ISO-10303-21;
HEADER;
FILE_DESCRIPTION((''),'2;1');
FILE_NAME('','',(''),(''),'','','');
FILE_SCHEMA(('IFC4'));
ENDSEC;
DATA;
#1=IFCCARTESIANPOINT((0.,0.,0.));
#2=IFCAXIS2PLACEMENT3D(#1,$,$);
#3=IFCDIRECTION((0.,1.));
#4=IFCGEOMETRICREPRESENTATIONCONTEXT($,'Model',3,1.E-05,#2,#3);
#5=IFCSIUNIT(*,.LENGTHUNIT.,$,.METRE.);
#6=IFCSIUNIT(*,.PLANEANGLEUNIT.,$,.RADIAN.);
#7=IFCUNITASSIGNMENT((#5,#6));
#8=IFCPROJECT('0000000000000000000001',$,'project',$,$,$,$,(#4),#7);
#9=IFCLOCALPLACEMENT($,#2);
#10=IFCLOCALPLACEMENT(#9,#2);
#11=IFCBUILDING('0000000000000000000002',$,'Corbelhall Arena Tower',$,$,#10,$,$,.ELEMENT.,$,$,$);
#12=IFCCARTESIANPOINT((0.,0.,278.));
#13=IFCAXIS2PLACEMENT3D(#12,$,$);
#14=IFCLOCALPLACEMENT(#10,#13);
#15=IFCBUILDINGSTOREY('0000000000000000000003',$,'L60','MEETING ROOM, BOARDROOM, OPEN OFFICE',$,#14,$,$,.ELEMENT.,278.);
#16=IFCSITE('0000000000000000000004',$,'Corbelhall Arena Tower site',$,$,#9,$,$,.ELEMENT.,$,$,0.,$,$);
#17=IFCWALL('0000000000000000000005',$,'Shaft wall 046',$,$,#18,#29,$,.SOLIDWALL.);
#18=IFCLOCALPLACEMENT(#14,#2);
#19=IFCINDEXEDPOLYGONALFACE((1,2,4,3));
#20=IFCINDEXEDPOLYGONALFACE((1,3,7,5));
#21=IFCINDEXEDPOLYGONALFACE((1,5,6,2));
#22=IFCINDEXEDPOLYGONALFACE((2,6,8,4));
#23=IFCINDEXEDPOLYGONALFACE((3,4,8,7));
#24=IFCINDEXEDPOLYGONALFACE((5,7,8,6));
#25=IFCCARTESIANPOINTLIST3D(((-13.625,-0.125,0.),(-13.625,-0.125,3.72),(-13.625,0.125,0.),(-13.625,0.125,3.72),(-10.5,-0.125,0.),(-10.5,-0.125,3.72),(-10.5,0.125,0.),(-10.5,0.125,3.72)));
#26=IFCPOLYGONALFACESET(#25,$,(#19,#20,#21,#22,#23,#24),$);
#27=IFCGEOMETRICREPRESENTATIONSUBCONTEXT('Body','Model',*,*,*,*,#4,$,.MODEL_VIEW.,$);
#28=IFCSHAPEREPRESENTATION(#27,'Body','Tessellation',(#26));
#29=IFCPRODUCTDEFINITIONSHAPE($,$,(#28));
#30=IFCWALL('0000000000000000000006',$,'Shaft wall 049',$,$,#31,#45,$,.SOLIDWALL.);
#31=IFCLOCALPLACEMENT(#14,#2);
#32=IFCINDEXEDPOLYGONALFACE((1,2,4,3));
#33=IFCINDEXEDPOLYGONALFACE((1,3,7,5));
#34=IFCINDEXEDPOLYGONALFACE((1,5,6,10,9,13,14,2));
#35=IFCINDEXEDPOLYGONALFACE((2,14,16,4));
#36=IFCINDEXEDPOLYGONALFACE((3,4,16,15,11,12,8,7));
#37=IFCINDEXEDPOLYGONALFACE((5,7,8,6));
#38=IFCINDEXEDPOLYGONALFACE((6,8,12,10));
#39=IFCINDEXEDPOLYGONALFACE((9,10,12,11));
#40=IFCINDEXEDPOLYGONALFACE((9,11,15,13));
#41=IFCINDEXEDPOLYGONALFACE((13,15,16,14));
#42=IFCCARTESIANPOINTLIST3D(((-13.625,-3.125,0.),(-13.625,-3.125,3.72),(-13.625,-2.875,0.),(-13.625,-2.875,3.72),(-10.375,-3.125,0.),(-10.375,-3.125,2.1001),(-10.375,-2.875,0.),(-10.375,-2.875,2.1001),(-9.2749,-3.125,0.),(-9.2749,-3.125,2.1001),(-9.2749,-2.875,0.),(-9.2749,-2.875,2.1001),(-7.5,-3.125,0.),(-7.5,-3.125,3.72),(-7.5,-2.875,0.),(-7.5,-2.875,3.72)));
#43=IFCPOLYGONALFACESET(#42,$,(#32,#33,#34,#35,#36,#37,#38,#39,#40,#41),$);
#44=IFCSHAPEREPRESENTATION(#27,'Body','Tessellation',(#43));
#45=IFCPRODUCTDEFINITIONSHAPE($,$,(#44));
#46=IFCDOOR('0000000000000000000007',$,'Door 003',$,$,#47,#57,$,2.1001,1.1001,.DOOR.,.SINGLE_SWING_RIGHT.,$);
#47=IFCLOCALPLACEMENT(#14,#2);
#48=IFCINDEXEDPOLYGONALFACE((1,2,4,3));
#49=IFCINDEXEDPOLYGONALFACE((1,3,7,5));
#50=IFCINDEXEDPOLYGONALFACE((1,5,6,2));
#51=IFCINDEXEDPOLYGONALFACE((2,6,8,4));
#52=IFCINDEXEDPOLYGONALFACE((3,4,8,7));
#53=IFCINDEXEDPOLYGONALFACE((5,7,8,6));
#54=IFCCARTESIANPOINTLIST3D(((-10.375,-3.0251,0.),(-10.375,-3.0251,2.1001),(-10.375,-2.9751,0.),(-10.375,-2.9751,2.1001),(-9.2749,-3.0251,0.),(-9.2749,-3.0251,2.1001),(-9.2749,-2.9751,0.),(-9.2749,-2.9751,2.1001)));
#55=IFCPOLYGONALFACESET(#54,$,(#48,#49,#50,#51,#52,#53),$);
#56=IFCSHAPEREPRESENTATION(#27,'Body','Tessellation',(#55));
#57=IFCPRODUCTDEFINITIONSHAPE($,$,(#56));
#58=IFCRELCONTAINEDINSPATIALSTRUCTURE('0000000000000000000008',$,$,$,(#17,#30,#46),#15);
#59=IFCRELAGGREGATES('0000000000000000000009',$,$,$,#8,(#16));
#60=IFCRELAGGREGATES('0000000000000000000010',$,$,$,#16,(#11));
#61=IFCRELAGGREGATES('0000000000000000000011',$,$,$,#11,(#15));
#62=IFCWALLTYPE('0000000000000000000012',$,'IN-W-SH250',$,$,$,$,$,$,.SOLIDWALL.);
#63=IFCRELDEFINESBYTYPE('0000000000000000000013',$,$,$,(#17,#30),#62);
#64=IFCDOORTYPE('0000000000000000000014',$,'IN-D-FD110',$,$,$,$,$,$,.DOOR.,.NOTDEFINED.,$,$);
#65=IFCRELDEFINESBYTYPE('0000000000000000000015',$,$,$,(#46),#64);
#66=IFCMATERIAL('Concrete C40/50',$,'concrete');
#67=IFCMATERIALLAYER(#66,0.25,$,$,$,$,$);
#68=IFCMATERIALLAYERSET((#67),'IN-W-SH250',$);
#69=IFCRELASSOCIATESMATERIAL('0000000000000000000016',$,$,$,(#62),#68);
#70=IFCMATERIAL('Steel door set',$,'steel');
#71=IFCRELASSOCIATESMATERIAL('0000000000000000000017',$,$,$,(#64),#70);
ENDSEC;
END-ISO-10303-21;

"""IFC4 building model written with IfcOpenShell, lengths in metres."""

from ifc_helpers import new_model, si_unit, direction, frame, frame_2d, origin, place, context, subcontext, project, spatial, rectangle, extrude, material, layer, layer_set, type_object, element, fill, save


model = new_model("IFC4")

# Units and contexts
model_context = context("Model", 3, precision=1e-05, world=origin(), true_north=direction((0.0, 1.0)))
body_context = subcontext(model_context, "Body", "Model", "MODEL_VIEW")
ifc_project = project(units=[si_unit("LENGTHUNIT", "METRE"), si_unit("PLANEANGLEUNIT", "RADIAN")], contexts=[model_context])

# Site, building, storey
site_placement = place(None, origin())
site = spatial("IfcSite", under=ifc_project, at=site_placement, Name="Corbelhall Arena Tower site", CompositionType="ELEMENT", RefElevation=0.0)
building_placement = place(site_placement, origin())
building = spatial("IfcBuilding", under=site, at=building_placement, Name="Corbelhall Arena Tower", CompositionType="ELEMENT")
storey_placement = place(building_placement, frame((0.0, 0.0, 278.0)))
storey = spatial("IfcBuildingStorey", under=building, at=storey_placement, Name="L60", Description="MEETING ROOM, BOARDROOM, OPEN OFFICE", CompositionType="ELEMENT", Elevation=278.0)

# Shared definitions
ifc_material_1 = material(Name="Steel door set", Category="steel")

# Wall
ifc_material_2 = material(Name="Concrete C40/50", Category="concrete")
ifc_layer_1 = layer(ifc_material_2, 0.25)
ifc_layer_set_1 = layer_set([ifc_layer_1], Name="IN-W-SH250")
wall_type_1 = type_object("IfcWallType", Name="IN-W-SH250", PredefinedType="SOLIDWALL", material=ifc_layer_set_1)
wall_1_placement = place(storey_placement, frame((-13.625, 0.0, 0.0), z_axis=(0.0, 0.0, 1.0), x_axis=(1.0, 0.0, 0.0)))
element("IfcWall", 1, at=wall_1_placement, inside=storey, type_object=wall_type_1, Name="Shaft wall 046", PredefinedType="SOLIDWALL", context=body_context, shape_type="SweptSolid", body=[
    extrude(rectangle(XDim=3.125, YDim=0.25, at=frame_2d((1.5625, 0.0))), origin(), (0.0, 0.0, 1.0), 3.72),
])

# Wall, opening, door
wall_2_placement = place(storey_placement, frame((-13.625, -3.0, 0.0), z_axis=(0.0, 0.0, 1.0), x_axis=(1.0, 0.0, 0.0)))
wall_2 = element("IfcWall", 2, at=wall_2_placement, inside=storey, type_object=wall_type_1, Name="Shaft wall 049", PredefinedType="SOLIDWALL", context=body_context, shape_type="SweptSolid", body=[
    extrude(rectangle(XDim=6.125, YDim=0.25, at=frame_2d((3.0625, 0.0))), origin(), (0.0, 0.0, 1.0), 3.72),
])
opening_1_placement = place(wall_2_placement, frame((3.25, 0.0, 0.0)))
opening_1 = element("IfcOpeningElement", 3, at=opening_1_placement, cuts=wall_2, PredefinedType="OPENING", context=body_context, shape_type="SweptSolid", body=[
    extrude(rectangle(XDim=1.1001, YDim=2.1001, at=frame_2d((0.55, 1.05))), frame((0.0, 0.125, 0.0), z_axis=(0.0, -1.0, 0.0), x_axis=(1.0, 0.0, 0.0)), (0.0, 0.0, 1.0), 0.25),
])
door_type_1 = type_object("IfcDoorType", Name="IN-D-FD110", OperationType="NOTDEFINED", PredefinedType="DOOR", material=ifc_material_1)
door_1_placement = place(opening_1_placement, origin())
door_1 = element("IfcDoor", 4, at=door_1_placement, inside=storey, type_object=door_type_1, Name="Door 003", OperationType="SINGLE_SWING_RIGHT", OverallHeight=2.1001, OverallWidth=1.1001, PredefinedType="DOOR", context=body_context, shape_type="SweptSolid", body=[
    extrude(rectangle(XDim=1.1001, YDim=2.1001, at=frame_2d((0.55, 1.05))), frame((0.0, 0.0249, 0.0), z_axis=(0.0, -1.0, 0.0), x_axis=(1.0, 0.0, 0.0)), (0.0, 0.0, 1.0), 0.05),
])
fill(opening_1, door_1)

save(model, "model.ifc")
